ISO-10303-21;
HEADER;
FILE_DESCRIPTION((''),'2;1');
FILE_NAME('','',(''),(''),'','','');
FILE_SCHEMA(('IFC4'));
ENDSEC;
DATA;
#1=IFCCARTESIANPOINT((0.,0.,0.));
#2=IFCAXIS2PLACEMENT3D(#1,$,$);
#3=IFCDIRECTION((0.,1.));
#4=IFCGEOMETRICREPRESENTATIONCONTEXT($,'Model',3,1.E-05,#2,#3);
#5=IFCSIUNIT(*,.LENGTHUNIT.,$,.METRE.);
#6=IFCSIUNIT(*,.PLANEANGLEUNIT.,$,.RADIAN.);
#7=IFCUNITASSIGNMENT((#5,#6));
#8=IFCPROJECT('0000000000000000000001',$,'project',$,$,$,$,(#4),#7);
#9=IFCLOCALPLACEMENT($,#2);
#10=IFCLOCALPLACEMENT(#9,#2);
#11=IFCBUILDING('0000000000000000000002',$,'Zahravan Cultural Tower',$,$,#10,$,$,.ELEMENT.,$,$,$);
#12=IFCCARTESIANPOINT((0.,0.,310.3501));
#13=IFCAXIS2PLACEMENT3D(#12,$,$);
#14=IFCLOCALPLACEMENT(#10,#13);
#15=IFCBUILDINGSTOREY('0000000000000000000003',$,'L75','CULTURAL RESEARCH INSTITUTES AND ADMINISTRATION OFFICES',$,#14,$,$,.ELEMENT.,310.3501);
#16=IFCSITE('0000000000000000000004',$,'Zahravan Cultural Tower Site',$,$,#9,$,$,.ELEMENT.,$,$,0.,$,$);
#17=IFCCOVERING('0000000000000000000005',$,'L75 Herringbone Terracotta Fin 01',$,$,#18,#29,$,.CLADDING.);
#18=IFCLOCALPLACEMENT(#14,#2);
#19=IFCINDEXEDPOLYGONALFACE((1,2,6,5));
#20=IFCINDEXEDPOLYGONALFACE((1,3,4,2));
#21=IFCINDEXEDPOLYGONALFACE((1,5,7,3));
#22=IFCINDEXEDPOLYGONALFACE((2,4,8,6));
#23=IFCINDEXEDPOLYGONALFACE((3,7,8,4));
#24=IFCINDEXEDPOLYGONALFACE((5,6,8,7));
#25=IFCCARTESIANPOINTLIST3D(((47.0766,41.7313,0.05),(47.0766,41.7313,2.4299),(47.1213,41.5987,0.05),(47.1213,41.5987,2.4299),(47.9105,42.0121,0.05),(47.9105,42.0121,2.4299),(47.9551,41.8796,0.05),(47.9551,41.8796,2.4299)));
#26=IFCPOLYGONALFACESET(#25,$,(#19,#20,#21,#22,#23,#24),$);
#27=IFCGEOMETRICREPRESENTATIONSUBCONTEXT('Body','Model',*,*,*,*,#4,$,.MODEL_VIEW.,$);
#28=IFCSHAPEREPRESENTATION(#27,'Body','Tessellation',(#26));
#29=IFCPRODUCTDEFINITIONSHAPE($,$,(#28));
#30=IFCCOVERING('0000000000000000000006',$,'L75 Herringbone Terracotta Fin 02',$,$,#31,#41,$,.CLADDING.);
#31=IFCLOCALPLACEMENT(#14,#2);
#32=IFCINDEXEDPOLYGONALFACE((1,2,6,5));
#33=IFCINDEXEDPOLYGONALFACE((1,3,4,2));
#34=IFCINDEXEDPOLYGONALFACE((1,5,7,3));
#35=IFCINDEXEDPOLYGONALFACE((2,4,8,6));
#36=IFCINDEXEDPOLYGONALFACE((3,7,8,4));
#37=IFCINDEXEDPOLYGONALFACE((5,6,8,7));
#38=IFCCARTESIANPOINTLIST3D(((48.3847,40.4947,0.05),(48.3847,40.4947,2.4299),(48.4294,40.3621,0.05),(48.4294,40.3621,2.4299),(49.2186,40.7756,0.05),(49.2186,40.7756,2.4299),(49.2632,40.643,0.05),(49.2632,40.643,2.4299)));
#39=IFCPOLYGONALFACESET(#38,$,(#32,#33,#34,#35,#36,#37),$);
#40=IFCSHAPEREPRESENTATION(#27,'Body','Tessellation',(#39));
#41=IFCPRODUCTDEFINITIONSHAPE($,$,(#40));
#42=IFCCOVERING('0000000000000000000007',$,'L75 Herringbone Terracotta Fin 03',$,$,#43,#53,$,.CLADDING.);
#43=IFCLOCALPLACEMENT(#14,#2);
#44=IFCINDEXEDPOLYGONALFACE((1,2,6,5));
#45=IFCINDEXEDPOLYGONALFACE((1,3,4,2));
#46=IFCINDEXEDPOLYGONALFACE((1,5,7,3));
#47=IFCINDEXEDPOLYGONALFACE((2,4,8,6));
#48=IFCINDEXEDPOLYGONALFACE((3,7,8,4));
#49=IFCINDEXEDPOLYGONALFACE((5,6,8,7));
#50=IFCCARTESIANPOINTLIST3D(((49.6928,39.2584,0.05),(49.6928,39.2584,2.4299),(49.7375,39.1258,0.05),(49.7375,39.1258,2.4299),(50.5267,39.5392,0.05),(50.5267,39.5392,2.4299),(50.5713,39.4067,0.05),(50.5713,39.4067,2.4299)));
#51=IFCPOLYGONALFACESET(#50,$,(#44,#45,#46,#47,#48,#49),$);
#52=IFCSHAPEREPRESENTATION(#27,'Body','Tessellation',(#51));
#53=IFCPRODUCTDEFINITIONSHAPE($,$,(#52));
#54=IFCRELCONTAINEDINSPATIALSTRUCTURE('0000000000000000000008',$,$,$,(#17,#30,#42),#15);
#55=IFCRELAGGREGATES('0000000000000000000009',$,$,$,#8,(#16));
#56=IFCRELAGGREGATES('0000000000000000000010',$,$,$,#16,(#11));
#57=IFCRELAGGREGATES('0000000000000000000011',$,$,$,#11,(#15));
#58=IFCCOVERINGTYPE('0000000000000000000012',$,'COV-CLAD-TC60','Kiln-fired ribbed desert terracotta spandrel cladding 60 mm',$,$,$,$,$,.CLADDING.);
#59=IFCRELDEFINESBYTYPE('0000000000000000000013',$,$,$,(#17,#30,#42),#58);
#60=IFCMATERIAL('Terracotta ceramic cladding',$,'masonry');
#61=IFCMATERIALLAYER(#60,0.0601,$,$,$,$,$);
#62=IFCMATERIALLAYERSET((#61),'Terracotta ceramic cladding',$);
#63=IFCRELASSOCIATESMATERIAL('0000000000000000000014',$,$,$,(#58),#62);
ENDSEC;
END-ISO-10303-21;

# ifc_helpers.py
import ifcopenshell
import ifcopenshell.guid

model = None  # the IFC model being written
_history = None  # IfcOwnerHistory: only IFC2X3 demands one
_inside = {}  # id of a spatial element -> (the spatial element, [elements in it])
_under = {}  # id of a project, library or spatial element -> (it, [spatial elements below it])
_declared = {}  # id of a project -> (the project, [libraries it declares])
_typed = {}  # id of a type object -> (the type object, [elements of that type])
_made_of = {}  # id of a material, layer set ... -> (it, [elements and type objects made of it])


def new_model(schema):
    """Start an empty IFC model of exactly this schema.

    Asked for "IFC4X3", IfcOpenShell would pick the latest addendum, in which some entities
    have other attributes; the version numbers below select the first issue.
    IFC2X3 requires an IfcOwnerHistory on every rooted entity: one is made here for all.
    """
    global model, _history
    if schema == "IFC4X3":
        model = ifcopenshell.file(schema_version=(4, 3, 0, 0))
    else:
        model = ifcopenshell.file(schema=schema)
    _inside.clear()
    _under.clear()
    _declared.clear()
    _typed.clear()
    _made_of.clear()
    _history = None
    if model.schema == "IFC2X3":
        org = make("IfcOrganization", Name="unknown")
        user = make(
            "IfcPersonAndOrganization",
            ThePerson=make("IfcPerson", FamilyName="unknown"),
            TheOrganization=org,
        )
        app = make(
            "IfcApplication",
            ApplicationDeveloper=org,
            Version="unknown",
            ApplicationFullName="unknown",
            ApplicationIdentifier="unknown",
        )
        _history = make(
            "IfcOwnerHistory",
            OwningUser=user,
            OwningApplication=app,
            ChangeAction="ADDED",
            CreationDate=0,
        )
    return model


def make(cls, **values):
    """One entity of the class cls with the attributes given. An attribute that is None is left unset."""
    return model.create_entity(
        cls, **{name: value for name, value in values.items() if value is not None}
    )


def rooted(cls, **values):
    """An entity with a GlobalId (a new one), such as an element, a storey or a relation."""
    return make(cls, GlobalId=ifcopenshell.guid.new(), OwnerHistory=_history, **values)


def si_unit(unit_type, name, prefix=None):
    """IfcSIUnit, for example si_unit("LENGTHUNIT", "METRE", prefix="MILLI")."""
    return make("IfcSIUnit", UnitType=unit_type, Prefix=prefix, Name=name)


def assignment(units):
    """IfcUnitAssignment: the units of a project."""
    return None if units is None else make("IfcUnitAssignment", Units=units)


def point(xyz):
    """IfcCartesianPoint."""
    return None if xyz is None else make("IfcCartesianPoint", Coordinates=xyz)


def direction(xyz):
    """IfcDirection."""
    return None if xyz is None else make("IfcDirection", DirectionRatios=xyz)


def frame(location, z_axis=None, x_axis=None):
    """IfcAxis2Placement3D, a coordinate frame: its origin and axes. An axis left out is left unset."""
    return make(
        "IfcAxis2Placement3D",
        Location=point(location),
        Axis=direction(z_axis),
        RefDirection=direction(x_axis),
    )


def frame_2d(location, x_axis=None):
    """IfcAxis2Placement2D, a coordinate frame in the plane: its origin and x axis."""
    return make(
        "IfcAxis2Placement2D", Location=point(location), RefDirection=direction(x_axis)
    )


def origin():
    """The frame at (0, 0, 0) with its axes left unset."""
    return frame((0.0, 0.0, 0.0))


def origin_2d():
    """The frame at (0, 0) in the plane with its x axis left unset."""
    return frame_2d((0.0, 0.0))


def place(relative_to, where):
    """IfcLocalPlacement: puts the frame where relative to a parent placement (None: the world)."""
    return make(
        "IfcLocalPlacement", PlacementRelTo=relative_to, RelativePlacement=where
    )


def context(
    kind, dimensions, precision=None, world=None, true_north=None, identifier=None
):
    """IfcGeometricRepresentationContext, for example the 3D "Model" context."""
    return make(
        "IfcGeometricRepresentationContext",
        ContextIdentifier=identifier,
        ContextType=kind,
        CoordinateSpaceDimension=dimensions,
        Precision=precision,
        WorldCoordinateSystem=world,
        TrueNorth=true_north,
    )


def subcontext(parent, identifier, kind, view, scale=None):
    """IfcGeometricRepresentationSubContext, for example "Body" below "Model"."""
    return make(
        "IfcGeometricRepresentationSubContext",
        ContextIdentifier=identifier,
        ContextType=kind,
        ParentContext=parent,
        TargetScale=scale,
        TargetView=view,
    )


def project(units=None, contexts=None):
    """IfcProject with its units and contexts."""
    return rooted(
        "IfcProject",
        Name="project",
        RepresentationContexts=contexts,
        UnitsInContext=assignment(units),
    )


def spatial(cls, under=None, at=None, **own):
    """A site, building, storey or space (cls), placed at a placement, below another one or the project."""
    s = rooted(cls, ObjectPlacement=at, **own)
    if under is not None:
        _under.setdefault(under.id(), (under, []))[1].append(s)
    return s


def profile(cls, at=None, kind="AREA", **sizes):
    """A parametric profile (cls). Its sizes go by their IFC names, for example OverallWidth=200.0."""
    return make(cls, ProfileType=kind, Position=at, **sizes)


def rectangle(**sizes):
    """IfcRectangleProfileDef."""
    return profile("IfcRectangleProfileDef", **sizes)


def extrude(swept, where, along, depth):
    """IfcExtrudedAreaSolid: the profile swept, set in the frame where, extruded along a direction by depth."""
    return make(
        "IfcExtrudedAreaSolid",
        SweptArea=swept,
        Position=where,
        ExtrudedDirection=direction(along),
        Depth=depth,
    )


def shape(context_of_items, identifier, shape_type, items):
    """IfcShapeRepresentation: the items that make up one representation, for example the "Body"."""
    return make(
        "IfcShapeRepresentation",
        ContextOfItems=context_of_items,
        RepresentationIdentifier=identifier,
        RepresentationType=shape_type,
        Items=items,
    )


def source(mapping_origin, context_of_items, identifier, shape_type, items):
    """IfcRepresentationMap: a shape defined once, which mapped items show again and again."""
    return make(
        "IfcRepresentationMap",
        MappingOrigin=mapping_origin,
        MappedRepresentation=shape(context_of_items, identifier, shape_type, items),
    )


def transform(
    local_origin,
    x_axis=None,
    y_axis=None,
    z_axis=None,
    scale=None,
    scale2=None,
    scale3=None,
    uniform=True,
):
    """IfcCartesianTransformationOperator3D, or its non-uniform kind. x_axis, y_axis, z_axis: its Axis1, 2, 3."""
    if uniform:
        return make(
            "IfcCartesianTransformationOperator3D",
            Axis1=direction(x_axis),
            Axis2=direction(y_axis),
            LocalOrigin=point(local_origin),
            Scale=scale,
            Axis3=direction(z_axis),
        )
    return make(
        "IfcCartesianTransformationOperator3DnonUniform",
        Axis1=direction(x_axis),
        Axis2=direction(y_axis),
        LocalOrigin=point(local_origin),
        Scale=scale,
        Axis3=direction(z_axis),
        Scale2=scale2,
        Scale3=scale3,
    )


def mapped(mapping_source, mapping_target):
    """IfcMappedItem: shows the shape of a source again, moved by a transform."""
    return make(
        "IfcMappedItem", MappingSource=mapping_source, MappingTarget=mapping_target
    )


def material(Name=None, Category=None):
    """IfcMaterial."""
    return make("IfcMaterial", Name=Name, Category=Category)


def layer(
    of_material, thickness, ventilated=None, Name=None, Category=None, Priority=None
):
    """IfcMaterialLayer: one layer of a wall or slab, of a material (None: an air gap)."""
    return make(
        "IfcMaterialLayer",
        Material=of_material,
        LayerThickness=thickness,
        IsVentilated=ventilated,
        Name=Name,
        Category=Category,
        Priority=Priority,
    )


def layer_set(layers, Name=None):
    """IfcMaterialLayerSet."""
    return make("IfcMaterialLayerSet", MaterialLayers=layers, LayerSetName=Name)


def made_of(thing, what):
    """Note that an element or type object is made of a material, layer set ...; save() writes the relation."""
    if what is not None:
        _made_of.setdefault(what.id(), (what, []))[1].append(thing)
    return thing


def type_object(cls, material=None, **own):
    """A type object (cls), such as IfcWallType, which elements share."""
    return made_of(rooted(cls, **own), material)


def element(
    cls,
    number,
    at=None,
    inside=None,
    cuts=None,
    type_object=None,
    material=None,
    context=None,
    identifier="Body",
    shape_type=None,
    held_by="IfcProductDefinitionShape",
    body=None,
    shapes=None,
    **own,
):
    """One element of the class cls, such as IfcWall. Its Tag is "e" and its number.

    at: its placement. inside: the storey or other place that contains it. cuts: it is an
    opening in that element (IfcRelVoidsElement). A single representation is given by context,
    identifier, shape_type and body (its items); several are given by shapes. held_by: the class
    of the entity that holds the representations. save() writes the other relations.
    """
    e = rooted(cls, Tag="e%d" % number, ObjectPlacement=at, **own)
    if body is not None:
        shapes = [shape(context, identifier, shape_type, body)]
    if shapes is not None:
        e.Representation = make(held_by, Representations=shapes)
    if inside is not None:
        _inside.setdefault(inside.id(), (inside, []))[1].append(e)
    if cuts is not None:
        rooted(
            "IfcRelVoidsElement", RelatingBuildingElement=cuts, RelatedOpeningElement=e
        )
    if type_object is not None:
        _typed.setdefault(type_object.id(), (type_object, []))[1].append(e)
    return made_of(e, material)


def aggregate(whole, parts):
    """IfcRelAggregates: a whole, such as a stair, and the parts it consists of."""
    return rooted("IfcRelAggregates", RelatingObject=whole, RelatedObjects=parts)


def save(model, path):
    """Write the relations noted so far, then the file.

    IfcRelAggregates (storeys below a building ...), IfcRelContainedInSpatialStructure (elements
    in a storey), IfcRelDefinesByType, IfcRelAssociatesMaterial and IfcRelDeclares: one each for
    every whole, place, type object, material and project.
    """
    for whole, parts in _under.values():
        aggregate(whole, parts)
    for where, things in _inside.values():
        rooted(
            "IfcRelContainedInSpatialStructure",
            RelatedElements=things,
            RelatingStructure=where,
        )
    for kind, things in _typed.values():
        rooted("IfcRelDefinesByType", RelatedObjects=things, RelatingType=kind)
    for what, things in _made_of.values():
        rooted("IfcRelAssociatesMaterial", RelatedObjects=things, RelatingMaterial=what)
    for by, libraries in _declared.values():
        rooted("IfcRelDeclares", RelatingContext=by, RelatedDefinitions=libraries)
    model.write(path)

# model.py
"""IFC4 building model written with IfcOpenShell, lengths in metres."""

from ifc_helpers import new_model, si_unit, direction, frame, origin, origin_2d, place, context, subcontext, project, spatial, rectangle, extrude, source, transform, mapped, material, layer, layer_set, type_object, element, save


model = new_model("IFC4")

# Units and contexts
model_context = context("Model", 3, precision=1e-05, world=origin(), true_north=direction((0.0, 1.0)))
body_context = subcontext(model_context, "Body", "Model", "MODEL_VIEW")
ifc_project = project(units=[si_unit("LENGTHUNIT", "METRE"), si_unit("PLANEANGLEUNIT", "RADIAN")], contexts=[model_context])

# Site, building, storey
site_placement = place(None, origin())
site = spatial("IfcSite", under=ifc_project, at=site_placement, Name="Zahravan Cultural Tower Site", CompositionType="ELEMENT", RefElevation=0.0)
building_placement = place(site_placement, origin())
building = spatial("IfcBuilding", under=site, at=building_placement, Name="Zahravan Cultural Tower", CompositionType="ELEMENT")
storey_placement = place(building_placement, frame((0.0, 0.0, 310.3501)))
storey = spatial("IfcBuildingStorey", under=building, at=storey_placement, Name="L75", Description="CULTURAL RESEARCH INSTITUTES AND ADMINISTRATION OFFICES", CompositionType="ELEMENT", Elevation=310.3501)

# Coverings
ifc_material_1 = material(Name="Terracotta ceramic cladding", Category="masonry")
ifc_layer_1 = layer(ifc_material_1, 0.0601)
ifc_layer_set_1 = layer_set([ifc_layer_1], Name="Terracotta ceramic cladding")
covering_type = type_object("IfcCoveringType", Name="COV-CLAD-TC60", Description="Kiln-fired ribbed desert terracotta spandrel cladding 60 mm", PredefinedType="CLADDING", material=ifc_layer_set_1)
shared_shape_1 = source(origin(), body_context, "Body", "SweptSolid", [
    extrude(rectangle(XDim=0.8799, YDim=0.1399, at=origin_2d()), origin(), (0.0, 0.0, 1.0), 2.3799),
])
for number, where, z_axis, x_axis, name in (
    (1, (47.5159, 41.8054, 0.05), (0.0, 0.0, 1.0), (0.947679, 0.319224, 0.0), "L75 Herringbone Terracotta Fin 01"),
    (2, (48.824, 40.5688, 0.05), (0.0, 0.0, 1.0), (0.947679, 0.319224, 0.0), "L75 Herringbone Terracotta Fin 02"),
    (3, (50.1321, 39.3325, 0.05), (0.0, 0.0, 1.0), (0.947679, 0.319224, 0.0), "L75 Herringbone Terracotta Fin 03"),
):
    element("IfcCovering", number, at=place(storey_placement, frame(where, z_axis=z_axis, x_axis=x_axis)), inside=storey, type_object=covering_type, Name=name, PredefinedType="CLADDING", context=body_context, shape_type="MappedRepresentation", body=[
        mapped(shared_shape_1, transform((0.0, 0.0, 0.0), x_axis=(1.0, 0.0, 0.0), y_axis=(0.0, 1.0, 0.0), z_axis=(0.0, 0.0, 1.0), scale=1.0)),
    ])

save(model, "model.ifc")
